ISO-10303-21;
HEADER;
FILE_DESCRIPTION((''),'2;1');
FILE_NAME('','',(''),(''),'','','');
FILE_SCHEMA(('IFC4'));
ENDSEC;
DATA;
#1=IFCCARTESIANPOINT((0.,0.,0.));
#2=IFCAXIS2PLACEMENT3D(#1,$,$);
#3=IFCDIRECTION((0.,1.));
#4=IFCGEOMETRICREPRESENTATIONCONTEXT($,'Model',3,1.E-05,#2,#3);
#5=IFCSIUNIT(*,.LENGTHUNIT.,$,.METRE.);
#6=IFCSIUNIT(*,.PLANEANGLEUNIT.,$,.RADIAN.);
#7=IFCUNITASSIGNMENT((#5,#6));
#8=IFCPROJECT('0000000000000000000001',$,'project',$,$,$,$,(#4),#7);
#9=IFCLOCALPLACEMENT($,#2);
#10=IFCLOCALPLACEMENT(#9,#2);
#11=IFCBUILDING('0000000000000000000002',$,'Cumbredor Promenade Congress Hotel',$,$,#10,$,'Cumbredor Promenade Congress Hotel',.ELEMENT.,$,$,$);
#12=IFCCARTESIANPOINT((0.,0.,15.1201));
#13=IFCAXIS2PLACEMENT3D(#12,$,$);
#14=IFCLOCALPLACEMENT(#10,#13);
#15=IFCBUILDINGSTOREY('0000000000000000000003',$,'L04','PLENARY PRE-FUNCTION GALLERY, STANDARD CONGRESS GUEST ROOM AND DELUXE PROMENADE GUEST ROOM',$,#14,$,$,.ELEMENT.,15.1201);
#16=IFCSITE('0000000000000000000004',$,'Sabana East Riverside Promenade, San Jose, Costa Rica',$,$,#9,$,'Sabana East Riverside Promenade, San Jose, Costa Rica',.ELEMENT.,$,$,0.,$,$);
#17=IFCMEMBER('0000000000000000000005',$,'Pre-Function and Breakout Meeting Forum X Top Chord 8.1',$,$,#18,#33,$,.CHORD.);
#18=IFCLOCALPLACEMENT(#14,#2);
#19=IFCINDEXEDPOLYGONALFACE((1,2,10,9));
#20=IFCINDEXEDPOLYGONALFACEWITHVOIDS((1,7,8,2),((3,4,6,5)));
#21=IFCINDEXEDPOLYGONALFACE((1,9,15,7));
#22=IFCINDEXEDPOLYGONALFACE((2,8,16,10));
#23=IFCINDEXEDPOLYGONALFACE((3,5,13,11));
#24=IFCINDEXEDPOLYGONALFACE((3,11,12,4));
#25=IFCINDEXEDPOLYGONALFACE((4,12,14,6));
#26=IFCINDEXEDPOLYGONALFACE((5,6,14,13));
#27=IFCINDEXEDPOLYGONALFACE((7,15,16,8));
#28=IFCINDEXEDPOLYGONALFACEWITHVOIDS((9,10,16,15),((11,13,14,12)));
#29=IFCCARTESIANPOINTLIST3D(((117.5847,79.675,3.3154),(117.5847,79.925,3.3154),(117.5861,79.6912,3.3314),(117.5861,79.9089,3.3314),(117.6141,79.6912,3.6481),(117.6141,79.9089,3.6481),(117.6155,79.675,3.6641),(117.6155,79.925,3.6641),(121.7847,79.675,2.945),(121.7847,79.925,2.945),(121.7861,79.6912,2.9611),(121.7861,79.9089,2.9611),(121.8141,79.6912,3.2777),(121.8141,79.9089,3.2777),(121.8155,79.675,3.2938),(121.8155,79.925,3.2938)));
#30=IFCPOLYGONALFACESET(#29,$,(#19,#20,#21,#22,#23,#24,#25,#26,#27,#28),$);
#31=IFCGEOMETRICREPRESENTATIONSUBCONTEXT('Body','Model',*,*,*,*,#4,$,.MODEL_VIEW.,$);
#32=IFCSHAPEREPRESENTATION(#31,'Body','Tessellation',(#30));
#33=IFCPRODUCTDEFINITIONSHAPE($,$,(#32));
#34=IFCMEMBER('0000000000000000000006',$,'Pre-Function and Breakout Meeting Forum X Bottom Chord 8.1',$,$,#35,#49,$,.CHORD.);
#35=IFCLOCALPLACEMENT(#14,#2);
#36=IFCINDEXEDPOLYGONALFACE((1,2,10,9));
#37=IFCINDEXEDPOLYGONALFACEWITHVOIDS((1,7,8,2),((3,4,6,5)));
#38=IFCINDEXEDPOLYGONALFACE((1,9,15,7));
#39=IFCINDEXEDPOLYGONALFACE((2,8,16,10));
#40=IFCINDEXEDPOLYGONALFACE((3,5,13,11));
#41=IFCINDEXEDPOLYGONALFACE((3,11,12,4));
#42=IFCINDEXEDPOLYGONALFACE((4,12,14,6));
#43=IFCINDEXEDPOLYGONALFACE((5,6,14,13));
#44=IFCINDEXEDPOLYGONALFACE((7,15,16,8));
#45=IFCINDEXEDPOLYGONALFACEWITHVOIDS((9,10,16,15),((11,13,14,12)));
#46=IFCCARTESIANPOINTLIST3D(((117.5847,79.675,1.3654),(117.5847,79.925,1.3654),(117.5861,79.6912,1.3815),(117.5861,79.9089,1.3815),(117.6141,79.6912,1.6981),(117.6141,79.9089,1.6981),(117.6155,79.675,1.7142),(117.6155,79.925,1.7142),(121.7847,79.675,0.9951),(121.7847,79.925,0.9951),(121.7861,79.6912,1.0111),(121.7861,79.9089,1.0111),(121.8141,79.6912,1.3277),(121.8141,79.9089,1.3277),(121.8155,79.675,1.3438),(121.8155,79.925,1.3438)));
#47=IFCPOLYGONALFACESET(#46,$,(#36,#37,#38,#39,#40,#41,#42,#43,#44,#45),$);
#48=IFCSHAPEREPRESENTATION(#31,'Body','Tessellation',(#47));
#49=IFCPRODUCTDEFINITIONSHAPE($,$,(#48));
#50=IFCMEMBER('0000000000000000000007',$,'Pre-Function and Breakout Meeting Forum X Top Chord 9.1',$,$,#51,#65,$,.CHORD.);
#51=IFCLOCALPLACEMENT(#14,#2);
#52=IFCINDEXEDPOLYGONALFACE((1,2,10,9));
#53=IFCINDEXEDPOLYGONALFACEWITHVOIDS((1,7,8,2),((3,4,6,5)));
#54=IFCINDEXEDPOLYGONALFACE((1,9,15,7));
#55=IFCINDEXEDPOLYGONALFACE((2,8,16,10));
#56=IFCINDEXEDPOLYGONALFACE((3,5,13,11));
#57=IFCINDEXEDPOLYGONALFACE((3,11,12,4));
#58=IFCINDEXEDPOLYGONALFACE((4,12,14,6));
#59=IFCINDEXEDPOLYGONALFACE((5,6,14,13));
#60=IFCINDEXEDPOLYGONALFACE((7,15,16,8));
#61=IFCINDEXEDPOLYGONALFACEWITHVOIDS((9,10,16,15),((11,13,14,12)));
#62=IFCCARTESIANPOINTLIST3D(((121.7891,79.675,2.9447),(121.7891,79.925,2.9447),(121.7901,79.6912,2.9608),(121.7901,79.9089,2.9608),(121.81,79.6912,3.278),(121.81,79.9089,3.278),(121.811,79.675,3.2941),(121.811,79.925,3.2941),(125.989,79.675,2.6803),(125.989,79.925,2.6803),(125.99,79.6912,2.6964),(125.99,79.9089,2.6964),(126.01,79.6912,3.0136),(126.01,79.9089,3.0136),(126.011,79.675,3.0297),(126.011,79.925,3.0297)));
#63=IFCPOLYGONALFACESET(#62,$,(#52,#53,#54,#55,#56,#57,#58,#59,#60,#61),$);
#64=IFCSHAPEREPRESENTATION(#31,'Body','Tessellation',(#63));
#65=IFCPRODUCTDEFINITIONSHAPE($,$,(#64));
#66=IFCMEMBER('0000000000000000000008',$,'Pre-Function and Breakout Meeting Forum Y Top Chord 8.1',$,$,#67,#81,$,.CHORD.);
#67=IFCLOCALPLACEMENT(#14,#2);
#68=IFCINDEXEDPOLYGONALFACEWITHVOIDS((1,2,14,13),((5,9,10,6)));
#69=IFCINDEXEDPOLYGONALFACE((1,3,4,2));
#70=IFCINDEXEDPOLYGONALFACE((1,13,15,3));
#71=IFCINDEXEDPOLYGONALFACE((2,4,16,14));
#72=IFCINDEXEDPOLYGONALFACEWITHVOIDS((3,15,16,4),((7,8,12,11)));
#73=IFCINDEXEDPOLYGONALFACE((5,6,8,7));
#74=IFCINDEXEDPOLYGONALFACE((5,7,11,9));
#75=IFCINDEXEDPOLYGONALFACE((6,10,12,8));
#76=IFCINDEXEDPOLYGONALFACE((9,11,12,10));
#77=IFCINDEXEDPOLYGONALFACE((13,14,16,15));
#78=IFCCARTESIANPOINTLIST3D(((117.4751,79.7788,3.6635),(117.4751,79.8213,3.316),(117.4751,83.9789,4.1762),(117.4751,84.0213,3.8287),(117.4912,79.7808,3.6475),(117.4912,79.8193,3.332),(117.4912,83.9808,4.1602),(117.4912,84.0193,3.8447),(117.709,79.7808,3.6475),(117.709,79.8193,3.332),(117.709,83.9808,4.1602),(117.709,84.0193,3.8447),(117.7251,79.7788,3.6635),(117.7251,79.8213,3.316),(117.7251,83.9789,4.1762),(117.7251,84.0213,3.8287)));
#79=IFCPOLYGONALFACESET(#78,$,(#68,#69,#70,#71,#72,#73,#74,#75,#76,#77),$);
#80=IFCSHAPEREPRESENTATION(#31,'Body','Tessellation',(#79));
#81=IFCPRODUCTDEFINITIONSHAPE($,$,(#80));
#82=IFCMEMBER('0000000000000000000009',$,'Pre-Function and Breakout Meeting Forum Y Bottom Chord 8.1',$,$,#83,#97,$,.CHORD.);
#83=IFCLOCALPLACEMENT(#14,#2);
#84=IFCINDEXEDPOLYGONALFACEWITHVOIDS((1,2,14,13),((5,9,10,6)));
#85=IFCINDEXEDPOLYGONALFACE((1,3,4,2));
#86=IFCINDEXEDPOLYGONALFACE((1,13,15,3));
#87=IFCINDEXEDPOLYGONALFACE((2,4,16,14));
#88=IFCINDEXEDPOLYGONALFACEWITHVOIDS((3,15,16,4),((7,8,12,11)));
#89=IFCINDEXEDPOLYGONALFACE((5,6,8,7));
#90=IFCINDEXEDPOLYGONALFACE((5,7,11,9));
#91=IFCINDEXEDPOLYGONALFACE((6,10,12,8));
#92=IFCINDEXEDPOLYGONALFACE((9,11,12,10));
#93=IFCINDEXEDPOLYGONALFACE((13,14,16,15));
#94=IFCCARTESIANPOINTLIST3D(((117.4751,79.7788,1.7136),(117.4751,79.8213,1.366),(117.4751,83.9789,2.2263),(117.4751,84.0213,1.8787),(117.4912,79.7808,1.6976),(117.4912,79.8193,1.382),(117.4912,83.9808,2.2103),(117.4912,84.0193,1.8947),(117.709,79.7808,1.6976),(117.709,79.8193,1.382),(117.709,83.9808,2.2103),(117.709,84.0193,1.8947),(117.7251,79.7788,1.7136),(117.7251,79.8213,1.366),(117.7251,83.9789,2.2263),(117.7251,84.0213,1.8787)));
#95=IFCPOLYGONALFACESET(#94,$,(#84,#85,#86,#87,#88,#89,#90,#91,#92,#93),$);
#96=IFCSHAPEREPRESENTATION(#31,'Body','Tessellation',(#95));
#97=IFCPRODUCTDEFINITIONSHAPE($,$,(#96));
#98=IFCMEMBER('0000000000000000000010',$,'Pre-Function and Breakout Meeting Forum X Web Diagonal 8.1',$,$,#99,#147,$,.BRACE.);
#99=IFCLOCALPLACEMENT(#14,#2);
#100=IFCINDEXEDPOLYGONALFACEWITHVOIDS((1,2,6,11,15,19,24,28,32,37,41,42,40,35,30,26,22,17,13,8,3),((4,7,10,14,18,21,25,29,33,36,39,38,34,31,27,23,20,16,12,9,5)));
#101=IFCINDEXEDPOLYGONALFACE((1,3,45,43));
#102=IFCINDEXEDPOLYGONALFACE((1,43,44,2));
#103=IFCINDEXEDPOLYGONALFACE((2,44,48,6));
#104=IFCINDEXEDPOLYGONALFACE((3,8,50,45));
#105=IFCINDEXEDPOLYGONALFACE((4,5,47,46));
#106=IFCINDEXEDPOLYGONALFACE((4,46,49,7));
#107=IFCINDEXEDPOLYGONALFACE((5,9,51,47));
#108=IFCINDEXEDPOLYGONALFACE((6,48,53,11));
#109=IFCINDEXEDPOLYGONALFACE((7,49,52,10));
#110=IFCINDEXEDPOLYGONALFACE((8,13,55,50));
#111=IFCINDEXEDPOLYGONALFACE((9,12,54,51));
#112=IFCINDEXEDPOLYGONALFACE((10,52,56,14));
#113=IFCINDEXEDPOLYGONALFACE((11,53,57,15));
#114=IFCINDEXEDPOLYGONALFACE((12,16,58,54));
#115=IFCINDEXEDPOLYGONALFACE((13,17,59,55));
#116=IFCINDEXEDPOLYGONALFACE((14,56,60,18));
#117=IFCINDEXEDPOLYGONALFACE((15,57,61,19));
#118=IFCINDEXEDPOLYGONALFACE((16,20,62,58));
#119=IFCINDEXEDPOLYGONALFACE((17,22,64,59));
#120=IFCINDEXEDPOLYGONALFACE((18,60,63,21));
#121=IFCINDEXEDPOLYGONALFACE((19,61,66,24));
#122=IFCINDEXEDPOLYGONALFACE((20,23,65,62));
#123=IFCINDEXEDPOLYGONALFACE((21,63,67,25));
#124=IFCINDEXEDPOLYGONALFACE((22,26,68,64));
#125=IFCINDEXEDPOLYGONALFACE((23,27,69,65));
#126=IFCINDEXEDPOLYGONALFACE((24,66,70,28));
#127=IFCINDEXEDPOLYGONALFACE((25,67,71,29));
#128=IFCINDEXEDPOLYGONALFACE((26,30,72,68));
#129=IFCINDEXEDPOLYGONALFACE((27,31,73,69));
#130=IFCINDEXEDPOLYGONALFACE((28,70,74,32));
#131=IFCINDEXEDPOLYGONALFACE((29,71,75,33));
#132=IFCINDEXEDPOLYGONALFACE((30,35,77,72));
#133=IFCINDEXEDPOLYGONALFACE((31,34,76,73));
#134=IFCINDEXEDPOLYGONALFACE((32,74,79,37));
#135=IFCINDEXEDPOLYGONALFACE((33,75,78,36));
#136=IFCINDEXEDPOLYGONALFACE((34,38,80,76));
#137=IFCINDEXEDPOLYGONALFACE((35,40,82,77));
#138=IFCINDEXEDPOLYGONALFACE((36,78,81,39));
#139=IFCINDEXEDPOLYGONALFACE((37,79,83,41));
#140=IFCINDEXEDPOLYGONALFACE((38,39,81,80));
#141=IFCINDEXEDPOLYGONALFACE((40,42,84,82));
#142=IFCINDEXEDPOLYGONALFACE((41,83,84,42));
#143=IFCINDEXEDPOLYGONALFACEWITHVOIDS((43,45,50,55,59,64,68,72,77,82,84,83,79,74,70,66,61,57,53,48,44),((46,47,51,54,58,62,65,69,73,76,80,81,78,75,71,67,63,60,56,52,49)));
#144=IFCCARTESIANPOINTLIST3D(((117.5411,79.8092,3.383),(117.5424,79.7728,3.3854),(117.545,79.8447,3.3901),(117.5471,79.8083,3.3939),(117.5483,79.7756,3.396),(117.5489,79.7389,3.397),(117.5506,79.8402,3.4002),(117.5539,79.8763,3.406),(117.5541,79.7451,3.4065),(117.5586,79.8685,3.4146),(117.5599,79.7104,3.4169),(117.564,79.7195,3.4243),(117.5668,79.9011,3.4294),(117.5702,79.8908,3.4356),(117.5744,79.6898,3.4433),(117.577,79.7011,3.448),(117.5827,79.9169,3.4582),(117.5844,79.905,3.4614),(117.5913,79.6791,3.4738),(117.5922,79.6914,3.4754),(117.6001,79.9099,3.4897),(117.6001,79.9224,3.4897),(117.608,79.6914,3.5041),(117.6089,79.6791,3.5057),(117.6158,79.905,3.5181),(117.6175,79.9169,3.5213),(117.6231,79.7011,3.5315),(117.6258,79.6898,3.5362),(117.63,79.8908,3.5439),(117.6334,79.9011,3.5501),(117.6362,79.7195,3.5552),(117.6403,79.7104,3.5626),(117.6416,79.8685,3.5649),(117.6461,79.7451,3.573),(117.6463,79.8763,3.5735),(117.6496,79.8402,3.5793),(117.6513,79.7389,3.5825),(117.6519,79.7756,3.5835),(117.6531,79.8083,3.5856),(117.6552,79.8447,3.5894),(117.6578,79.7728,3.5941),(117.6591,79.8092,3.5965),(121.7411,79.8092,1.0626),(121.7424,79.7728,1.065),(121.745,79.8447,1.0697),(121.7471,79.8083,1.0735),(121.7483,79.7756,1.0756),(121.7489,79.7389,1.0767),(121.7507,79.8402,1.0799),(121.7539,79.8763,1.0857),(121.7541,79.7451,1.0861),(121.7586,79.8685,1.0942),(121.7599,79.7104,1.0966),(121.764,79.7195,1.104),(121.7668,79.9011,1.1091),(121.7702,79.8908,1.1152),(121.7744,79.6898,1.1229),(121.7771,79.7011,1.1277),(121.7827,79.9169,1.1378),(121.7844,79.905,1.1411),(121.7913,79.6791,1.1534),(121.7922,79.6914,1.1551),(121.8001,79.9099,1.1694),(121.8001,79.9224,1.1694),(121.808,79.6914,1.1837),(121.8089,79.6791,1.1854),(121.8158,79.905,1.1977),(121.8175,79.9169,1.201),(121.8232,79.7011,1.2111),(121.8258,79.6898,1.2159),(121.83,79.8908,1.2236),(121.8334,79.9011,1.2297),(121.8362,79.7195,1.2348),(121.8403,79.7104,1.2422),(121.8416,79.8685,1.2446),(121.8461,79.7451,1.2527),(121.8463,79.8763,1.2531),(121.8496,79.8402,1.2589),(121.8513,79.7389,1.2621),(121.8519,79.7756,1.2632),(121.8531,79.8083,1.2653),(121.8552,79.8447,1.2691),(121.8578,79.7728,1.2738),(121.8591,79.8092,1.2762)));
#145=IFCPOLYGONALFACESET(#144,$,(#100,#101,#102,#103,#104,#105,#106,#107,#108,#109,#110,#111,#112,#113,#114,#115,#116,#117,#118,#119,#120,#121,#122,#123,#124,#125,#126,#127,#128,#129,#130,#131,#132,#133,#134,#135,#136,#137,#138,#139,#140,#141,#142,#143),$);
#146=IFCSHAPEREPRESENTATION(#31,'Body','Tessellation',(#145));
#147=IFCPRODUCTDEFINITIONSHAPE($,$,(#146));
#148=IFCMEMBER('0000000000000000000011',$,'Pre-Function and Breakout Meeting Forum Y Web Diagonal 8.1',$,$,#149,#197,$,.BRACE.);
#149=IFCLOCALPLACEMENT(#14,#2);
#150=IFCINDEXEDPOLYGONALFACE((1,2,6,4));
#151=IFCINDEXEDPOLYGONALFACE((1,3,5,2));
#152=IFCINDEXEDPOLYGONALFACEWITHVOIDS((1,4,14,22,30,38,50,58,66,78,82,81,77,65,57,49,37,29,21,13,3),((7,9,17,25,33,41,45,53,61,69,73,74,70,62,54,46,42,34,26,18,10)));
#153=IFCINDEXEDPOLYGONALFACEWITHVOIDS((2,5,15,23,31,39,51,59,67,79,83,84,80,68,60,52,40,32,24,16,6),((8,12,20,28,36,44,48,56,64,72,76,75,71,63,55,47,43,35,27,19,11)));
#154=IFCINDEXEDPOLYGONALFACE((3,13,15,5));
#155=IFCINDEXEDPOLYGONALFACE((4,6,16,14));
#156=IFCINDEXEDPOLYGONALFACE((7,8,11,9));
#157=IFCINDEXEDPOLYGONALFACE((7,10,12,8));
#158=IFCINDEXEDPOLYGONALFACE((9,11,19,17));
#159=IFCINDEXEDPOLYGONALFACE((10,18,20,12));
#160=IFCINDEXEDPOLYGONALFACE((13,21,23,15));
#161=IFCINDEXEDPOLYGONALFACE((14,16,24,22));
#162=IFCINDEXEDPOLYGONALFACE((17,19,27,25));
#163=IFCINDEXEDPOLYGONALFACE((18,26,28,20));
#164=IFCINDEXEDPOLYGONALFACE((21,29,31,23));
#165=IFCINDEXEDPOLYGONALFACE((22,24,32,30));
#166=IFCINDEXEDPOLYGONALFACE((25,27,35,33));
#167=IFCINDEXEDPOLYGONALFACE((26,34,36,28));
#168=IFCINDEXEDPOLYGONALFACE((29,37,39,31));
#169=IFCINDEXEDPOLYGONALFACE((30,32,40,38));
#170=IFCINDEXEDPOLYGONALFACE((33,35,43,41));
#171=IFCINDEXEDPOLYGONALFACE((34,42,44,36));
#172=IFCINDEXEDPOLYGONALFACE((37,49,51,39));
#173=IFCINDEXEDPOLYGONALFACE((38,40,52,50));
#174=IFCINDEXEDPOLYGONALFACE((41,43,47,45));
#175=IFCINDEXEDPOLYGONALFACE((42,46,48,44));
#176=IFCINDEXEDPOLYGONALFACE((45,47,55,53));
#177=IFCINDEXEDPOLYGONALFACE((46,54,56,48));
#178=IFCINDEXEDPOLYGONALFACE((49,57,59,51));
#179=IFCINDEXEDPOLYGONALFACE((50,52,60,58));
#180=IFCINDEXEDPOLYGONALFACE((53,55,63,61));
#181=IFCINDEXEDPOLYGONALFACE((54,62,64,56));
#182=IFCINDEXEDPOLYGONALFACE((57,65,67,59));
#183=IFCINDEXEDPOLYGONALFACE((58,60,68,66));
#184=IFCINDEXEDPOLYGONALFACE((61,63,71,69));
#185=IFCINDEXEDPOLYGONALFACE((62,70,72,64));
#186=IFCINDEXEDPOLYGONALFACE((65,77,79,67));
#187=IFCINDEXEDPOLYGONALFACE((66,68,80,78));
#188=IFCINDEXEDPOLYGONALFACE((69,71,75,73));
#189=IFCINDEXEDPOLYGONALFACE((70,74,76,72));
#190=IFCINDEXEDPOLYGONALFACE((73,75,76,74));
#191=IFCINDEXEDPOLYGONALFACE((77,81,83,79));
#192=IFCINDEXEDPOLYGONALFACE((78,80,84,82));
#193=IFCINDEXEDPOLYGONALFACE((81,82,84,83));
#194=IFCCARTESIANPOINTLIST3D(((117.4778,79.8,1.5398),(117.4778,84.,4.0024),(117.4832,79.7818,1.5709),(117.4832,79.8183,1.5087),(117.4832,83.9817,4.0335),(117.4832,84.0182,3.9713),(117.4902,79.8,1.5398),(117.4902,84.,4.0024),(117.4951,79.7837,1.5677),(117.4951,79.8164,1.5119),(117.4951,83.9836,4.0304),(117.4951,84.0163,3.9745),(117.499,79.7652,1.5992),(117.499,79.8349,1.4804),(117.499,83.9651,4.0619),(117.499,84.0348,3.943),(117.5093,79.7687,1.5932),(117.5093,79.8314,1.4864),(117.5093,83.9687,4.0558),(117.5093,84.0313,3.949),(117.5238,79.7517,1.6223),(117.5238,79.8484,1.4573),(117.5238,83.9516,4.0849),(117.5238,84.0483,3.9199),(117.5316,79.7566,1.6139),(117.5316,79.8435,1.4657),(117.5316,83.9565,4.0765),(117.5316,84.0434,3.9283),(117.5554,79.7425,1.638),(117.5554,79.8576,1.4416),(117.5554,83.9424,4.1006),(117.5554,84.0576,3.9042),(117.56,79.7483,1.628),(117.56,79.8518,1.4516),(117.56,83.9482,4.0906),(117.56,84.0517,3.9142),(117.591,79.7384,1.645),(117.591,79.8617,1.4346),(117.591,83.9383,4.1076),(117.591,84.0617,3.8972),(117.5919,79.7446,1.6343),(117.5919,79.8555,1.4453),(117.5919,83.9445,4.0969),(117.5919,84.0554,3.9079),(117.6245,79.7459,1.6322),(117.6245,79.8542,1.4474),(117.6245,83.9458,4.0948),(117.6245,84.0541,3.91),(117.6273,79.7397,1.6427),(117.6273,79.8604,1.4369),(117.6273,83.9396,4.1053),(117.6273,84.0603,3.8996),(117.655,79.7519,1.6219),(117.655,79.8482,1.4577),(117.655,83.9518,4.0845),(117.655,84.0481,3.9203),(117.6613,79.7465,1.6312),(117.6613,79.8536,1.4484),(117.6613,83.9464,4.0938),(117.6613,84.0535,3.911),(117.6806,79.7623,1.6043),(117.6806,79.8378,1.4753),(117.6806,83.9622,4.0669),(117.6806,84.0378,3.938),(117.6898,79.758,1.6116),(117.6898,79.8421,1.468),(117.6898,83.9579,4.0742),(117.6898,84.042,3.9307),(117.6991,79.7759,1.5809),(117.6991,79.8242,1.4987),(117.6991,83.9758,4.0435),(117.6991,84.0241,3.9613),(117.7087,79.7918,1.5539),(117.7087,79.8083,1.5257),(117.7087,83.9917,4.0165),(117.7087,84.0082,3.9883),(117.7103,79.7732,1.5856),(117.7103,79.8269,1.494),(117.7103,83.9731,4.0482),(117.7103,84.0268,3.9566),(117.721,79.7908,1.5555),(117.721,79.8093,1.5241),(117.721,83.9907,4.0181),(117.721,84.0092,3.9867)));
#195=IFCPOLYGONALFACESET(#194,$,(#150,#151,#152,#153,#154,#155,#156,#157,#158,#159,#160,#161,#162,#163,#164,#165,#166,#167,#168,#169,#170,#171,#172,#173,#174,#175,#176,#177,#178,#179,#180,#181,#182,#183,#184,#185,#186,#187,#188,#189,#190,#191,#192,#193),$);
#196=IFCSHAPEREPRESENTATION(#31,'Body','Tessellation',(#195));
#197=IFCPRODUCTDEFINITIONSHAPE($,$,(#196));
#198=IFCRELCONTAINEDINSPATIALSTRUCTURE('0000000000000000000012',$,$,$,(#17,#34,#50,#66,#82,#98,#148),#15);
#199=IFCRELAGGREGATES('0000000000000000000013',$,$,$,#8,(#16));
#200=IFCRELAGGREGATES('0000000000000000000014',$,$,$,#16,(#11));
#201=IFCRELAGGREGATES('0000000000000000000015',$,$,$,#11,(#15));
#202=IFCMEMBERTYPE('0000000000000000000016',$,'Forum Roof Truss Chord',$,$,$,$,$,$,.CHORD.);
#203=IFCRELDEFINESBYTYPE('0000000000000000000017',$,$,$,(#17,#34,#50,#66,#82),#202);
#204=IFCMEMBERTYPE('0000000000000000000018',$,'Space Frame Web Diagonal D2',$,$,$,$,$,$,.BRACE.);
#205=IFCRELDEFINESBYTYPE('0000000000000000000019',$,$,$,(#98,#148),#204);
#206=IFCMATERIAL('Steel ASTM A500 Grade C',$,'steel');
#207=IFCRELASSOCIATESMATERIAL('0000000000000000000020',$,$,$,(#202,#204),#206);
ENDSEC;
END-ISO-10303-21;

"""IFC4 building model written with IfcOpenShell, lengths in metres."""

from ifc_helpers import new_model, si_unit, direction, frame, origin, origin_2d, place, context, subcontext, project, spatial, hollow_rectangle, hollow_circle, extrude, material, material_profile, profile_set, type_object, element, save


model = new_model("IFC4")

# Units and contexts
model_context = context("Model", 3, precision=1e-05, world=origin(), true_north=direction((0.0, 1.0)))
body_context = subcontext(model_context, "Body", "Model", "MODEL_VIEW")
ifc_project = project(units=[si_unit("LENGTHUNIT", "METRE"), si_unit("PLANEANGLEUNIT", "RADIAN")], contexts=[model_context])

# Site, building, storey
site_placement = place(None, origin())
site = spatial("IfcSite", under=ifc_project, at=site_placement, Name="Sabana East Riverside Promenade, San Jose, Costa Rica", LongName="Sabana East Riverside Promenade, San Jose, Costa Rica", CompositionType="ELEMENT", RefElevation=0.0)
building_placement = place(site_placement, origin())
building = spatial("IfcBuilding", under=site, at=building_placement, Name="Cumbredor Promenade Congress Hotel", LongName="Cumbredor Promenade Congress Hotel", CompositionType="ELEMENT")
storey_placement = place(building_placement, frame((0.0, 0.0, 15.1201)))
storey = spatial("IfcBuildingStorey", under=building, at=storey_placement, Name="L04", Description="PLENARY PRE-FUNCTION GALLERY, STANDARD CONGRESS GUEST ROOM AND DELUXE PROMENADE GUEST ROOM", CompositionType="ELEMENT", Elevation=15.1201)

# Members
ifc_material_1 = material(Name="Steel ASTM A500 Grade C", Category="steel")
ifc_material_profile_1 = material_profile(ifc_material_1, hollow_rectangle(XDim=0.25, YDim=0.3501, WallThickness=0.0161, at=origin_2d()), Name="HSS 350x250x16")
ifc_profile_set_1 = profile_set([ifc_material_profile_1], Name="Steel ASTM A500 Grade C")
member_type_1 = type_object("IfcMemberType", Name="Forum Roof Truss Chord", PredefinedType="CHORD", material=ifc_profile_set_1)
for number, where, z_axis, x_axis, name in (
    (1, (117.6001, 79.8, 3.4897), (0.996134, 0.0, -0.087841), (0.0, 1.0, 0.0), "Pre-Function and Breakout Meeting Forum X Top Chord 8.1"),
    (2, (117.6001, 79.8, 1.5398), (0.996134, 0.0, -0.087841), (0.0, 1.0, 0.0), "Pre-Function and Breakout Meeting Forum X Bottom Chord 8.1"),
):
    element("IfcMember", number, at=place(storey_placement, frame(where, z_axis=z_axis, x_axis=x_axis)), inside=storey, type_object=member_type_1, Name=name, PredefinedType="CHORD", context=body_context, shape_type="SweptSolid", body=[
        extrude(hollow_rectangle(XDim=0.25, YDim=0.3501, WallThickness=0.0161, at=origin_2d()), origin(), (0.0, 0.0, 1.0), 4.2163),
    ])
member_1_placement = place(storey_placement, frame((121.8, 79.8, 3.1194), z_axis=(0.998024, 0.0, -0.06283), x_axis=(0.0, 1.0, 0.0)))
element("IfcMember", 3, at=member_1_placement, inside=storey, type_object=member_type_1, Name="Pre-Function and Breakout Meeting Forum X Top Chord 9.1", PredefinedType="CHORD", context=body_context, shape_type="SweptSolid", body=[
    extrude(hollow_rectangle(XDim=0.25, YDim=0.3501, WallThickness=0.0161, at=origin_2d()), origin(), (0.0, 0.0, 1.0), 4.2083),
])
for number, where, z_axis, x_axis, name in (
    (4, (117.6001, 79.8, 3.4897), (0.0, 0.992631, 0.121172), (-1.0, 0.0, 0.0), "Pre-Function and Breakout Meeting Forum Y Top Chord 8.1"),
    (5, (117.6001, 79.8, 1.5398), (0.0, 0.992631, 0.121172), (-1.0, 0.0, 0.0), "Pre-Function and Breakout Meeting Forum Y Bottom Chord 8.1"),
):
    element("IfcMember", number, at=place(storey_placement, frame(where, z_axis=z_axis, x_axis=x_axis)), inside=storey, type_object=member_type_1, Name=name, PredefinedType="CHORD", context=body_context, shape_type="SweptSolid", body=[
        extrude(hollow_rectangle(XDim=0.25, YDim=0.3501, WallThickness=0.0161, at=origin_2d()), origin(), (0.0, 0.0, 1.0), 4.2312),
    ])
ifc_material_profile_2 = material_profile(ifc_material_1, hollow_circle(Radius=0.1223, WallThickness=0.0125, at=origin_2d()), Name="CHS 244.5x12.5")
ifc_profile_set_2 = profile_set([ifc_material_profile_2], Name="Steel ASTM A500 Grade C")
member_type_2 = type_object("IfcMemberType", Name="Space Frame Web Diagonal D2", PredefinedType="BRACE", material=ifc_profile_set_2)
member_2_placement = place(storey_placement, frame((117.6001, 79.8, 3.4897), z_axis=(0.875304, 0.0, -0.483572), x_axis=(0.0, 1.0, 0.0)))
element("IfcMember", 6, at=member_2_placement, inside=storey, type_object=member_type_2, Name="Pre-Function and Breakout Meeting Forum X Web Diagonal 8.1", PredefinedType="BRACE", context=body_context, shape_type="SweptSolid", body=[
    extrude(hollow_circle(Radius=0.1223, WallThickness=0.0125, at=origin_2d()), origin(), (0.0, 0.0, 1.0), 4.7983),
])
member_3_placement = place(storey_placement, frame((117.6001, 79.8, 1.5398), z_axis=(0.0, 0.862644, 0.505812), x_axis=(-1.0, 0.0, 0.0)))
element("IfcMember", 7, at=member_3_placement, inside=storey, type_object=member_type_2, Name="Pre-Function and Breakout Meeting Forum Y Web Diagonal 8.1", PredefinedType="BRACE", context=body_context, shape_type="SweptSolid", body=[
    extrude(hollow_circle(Radius=0.1223, WallThickness=0.0125, at=origin_2d()), origin(), (0.0, 0.0, 1.0), 4.8687),
])

save(model, "model.ifc")
